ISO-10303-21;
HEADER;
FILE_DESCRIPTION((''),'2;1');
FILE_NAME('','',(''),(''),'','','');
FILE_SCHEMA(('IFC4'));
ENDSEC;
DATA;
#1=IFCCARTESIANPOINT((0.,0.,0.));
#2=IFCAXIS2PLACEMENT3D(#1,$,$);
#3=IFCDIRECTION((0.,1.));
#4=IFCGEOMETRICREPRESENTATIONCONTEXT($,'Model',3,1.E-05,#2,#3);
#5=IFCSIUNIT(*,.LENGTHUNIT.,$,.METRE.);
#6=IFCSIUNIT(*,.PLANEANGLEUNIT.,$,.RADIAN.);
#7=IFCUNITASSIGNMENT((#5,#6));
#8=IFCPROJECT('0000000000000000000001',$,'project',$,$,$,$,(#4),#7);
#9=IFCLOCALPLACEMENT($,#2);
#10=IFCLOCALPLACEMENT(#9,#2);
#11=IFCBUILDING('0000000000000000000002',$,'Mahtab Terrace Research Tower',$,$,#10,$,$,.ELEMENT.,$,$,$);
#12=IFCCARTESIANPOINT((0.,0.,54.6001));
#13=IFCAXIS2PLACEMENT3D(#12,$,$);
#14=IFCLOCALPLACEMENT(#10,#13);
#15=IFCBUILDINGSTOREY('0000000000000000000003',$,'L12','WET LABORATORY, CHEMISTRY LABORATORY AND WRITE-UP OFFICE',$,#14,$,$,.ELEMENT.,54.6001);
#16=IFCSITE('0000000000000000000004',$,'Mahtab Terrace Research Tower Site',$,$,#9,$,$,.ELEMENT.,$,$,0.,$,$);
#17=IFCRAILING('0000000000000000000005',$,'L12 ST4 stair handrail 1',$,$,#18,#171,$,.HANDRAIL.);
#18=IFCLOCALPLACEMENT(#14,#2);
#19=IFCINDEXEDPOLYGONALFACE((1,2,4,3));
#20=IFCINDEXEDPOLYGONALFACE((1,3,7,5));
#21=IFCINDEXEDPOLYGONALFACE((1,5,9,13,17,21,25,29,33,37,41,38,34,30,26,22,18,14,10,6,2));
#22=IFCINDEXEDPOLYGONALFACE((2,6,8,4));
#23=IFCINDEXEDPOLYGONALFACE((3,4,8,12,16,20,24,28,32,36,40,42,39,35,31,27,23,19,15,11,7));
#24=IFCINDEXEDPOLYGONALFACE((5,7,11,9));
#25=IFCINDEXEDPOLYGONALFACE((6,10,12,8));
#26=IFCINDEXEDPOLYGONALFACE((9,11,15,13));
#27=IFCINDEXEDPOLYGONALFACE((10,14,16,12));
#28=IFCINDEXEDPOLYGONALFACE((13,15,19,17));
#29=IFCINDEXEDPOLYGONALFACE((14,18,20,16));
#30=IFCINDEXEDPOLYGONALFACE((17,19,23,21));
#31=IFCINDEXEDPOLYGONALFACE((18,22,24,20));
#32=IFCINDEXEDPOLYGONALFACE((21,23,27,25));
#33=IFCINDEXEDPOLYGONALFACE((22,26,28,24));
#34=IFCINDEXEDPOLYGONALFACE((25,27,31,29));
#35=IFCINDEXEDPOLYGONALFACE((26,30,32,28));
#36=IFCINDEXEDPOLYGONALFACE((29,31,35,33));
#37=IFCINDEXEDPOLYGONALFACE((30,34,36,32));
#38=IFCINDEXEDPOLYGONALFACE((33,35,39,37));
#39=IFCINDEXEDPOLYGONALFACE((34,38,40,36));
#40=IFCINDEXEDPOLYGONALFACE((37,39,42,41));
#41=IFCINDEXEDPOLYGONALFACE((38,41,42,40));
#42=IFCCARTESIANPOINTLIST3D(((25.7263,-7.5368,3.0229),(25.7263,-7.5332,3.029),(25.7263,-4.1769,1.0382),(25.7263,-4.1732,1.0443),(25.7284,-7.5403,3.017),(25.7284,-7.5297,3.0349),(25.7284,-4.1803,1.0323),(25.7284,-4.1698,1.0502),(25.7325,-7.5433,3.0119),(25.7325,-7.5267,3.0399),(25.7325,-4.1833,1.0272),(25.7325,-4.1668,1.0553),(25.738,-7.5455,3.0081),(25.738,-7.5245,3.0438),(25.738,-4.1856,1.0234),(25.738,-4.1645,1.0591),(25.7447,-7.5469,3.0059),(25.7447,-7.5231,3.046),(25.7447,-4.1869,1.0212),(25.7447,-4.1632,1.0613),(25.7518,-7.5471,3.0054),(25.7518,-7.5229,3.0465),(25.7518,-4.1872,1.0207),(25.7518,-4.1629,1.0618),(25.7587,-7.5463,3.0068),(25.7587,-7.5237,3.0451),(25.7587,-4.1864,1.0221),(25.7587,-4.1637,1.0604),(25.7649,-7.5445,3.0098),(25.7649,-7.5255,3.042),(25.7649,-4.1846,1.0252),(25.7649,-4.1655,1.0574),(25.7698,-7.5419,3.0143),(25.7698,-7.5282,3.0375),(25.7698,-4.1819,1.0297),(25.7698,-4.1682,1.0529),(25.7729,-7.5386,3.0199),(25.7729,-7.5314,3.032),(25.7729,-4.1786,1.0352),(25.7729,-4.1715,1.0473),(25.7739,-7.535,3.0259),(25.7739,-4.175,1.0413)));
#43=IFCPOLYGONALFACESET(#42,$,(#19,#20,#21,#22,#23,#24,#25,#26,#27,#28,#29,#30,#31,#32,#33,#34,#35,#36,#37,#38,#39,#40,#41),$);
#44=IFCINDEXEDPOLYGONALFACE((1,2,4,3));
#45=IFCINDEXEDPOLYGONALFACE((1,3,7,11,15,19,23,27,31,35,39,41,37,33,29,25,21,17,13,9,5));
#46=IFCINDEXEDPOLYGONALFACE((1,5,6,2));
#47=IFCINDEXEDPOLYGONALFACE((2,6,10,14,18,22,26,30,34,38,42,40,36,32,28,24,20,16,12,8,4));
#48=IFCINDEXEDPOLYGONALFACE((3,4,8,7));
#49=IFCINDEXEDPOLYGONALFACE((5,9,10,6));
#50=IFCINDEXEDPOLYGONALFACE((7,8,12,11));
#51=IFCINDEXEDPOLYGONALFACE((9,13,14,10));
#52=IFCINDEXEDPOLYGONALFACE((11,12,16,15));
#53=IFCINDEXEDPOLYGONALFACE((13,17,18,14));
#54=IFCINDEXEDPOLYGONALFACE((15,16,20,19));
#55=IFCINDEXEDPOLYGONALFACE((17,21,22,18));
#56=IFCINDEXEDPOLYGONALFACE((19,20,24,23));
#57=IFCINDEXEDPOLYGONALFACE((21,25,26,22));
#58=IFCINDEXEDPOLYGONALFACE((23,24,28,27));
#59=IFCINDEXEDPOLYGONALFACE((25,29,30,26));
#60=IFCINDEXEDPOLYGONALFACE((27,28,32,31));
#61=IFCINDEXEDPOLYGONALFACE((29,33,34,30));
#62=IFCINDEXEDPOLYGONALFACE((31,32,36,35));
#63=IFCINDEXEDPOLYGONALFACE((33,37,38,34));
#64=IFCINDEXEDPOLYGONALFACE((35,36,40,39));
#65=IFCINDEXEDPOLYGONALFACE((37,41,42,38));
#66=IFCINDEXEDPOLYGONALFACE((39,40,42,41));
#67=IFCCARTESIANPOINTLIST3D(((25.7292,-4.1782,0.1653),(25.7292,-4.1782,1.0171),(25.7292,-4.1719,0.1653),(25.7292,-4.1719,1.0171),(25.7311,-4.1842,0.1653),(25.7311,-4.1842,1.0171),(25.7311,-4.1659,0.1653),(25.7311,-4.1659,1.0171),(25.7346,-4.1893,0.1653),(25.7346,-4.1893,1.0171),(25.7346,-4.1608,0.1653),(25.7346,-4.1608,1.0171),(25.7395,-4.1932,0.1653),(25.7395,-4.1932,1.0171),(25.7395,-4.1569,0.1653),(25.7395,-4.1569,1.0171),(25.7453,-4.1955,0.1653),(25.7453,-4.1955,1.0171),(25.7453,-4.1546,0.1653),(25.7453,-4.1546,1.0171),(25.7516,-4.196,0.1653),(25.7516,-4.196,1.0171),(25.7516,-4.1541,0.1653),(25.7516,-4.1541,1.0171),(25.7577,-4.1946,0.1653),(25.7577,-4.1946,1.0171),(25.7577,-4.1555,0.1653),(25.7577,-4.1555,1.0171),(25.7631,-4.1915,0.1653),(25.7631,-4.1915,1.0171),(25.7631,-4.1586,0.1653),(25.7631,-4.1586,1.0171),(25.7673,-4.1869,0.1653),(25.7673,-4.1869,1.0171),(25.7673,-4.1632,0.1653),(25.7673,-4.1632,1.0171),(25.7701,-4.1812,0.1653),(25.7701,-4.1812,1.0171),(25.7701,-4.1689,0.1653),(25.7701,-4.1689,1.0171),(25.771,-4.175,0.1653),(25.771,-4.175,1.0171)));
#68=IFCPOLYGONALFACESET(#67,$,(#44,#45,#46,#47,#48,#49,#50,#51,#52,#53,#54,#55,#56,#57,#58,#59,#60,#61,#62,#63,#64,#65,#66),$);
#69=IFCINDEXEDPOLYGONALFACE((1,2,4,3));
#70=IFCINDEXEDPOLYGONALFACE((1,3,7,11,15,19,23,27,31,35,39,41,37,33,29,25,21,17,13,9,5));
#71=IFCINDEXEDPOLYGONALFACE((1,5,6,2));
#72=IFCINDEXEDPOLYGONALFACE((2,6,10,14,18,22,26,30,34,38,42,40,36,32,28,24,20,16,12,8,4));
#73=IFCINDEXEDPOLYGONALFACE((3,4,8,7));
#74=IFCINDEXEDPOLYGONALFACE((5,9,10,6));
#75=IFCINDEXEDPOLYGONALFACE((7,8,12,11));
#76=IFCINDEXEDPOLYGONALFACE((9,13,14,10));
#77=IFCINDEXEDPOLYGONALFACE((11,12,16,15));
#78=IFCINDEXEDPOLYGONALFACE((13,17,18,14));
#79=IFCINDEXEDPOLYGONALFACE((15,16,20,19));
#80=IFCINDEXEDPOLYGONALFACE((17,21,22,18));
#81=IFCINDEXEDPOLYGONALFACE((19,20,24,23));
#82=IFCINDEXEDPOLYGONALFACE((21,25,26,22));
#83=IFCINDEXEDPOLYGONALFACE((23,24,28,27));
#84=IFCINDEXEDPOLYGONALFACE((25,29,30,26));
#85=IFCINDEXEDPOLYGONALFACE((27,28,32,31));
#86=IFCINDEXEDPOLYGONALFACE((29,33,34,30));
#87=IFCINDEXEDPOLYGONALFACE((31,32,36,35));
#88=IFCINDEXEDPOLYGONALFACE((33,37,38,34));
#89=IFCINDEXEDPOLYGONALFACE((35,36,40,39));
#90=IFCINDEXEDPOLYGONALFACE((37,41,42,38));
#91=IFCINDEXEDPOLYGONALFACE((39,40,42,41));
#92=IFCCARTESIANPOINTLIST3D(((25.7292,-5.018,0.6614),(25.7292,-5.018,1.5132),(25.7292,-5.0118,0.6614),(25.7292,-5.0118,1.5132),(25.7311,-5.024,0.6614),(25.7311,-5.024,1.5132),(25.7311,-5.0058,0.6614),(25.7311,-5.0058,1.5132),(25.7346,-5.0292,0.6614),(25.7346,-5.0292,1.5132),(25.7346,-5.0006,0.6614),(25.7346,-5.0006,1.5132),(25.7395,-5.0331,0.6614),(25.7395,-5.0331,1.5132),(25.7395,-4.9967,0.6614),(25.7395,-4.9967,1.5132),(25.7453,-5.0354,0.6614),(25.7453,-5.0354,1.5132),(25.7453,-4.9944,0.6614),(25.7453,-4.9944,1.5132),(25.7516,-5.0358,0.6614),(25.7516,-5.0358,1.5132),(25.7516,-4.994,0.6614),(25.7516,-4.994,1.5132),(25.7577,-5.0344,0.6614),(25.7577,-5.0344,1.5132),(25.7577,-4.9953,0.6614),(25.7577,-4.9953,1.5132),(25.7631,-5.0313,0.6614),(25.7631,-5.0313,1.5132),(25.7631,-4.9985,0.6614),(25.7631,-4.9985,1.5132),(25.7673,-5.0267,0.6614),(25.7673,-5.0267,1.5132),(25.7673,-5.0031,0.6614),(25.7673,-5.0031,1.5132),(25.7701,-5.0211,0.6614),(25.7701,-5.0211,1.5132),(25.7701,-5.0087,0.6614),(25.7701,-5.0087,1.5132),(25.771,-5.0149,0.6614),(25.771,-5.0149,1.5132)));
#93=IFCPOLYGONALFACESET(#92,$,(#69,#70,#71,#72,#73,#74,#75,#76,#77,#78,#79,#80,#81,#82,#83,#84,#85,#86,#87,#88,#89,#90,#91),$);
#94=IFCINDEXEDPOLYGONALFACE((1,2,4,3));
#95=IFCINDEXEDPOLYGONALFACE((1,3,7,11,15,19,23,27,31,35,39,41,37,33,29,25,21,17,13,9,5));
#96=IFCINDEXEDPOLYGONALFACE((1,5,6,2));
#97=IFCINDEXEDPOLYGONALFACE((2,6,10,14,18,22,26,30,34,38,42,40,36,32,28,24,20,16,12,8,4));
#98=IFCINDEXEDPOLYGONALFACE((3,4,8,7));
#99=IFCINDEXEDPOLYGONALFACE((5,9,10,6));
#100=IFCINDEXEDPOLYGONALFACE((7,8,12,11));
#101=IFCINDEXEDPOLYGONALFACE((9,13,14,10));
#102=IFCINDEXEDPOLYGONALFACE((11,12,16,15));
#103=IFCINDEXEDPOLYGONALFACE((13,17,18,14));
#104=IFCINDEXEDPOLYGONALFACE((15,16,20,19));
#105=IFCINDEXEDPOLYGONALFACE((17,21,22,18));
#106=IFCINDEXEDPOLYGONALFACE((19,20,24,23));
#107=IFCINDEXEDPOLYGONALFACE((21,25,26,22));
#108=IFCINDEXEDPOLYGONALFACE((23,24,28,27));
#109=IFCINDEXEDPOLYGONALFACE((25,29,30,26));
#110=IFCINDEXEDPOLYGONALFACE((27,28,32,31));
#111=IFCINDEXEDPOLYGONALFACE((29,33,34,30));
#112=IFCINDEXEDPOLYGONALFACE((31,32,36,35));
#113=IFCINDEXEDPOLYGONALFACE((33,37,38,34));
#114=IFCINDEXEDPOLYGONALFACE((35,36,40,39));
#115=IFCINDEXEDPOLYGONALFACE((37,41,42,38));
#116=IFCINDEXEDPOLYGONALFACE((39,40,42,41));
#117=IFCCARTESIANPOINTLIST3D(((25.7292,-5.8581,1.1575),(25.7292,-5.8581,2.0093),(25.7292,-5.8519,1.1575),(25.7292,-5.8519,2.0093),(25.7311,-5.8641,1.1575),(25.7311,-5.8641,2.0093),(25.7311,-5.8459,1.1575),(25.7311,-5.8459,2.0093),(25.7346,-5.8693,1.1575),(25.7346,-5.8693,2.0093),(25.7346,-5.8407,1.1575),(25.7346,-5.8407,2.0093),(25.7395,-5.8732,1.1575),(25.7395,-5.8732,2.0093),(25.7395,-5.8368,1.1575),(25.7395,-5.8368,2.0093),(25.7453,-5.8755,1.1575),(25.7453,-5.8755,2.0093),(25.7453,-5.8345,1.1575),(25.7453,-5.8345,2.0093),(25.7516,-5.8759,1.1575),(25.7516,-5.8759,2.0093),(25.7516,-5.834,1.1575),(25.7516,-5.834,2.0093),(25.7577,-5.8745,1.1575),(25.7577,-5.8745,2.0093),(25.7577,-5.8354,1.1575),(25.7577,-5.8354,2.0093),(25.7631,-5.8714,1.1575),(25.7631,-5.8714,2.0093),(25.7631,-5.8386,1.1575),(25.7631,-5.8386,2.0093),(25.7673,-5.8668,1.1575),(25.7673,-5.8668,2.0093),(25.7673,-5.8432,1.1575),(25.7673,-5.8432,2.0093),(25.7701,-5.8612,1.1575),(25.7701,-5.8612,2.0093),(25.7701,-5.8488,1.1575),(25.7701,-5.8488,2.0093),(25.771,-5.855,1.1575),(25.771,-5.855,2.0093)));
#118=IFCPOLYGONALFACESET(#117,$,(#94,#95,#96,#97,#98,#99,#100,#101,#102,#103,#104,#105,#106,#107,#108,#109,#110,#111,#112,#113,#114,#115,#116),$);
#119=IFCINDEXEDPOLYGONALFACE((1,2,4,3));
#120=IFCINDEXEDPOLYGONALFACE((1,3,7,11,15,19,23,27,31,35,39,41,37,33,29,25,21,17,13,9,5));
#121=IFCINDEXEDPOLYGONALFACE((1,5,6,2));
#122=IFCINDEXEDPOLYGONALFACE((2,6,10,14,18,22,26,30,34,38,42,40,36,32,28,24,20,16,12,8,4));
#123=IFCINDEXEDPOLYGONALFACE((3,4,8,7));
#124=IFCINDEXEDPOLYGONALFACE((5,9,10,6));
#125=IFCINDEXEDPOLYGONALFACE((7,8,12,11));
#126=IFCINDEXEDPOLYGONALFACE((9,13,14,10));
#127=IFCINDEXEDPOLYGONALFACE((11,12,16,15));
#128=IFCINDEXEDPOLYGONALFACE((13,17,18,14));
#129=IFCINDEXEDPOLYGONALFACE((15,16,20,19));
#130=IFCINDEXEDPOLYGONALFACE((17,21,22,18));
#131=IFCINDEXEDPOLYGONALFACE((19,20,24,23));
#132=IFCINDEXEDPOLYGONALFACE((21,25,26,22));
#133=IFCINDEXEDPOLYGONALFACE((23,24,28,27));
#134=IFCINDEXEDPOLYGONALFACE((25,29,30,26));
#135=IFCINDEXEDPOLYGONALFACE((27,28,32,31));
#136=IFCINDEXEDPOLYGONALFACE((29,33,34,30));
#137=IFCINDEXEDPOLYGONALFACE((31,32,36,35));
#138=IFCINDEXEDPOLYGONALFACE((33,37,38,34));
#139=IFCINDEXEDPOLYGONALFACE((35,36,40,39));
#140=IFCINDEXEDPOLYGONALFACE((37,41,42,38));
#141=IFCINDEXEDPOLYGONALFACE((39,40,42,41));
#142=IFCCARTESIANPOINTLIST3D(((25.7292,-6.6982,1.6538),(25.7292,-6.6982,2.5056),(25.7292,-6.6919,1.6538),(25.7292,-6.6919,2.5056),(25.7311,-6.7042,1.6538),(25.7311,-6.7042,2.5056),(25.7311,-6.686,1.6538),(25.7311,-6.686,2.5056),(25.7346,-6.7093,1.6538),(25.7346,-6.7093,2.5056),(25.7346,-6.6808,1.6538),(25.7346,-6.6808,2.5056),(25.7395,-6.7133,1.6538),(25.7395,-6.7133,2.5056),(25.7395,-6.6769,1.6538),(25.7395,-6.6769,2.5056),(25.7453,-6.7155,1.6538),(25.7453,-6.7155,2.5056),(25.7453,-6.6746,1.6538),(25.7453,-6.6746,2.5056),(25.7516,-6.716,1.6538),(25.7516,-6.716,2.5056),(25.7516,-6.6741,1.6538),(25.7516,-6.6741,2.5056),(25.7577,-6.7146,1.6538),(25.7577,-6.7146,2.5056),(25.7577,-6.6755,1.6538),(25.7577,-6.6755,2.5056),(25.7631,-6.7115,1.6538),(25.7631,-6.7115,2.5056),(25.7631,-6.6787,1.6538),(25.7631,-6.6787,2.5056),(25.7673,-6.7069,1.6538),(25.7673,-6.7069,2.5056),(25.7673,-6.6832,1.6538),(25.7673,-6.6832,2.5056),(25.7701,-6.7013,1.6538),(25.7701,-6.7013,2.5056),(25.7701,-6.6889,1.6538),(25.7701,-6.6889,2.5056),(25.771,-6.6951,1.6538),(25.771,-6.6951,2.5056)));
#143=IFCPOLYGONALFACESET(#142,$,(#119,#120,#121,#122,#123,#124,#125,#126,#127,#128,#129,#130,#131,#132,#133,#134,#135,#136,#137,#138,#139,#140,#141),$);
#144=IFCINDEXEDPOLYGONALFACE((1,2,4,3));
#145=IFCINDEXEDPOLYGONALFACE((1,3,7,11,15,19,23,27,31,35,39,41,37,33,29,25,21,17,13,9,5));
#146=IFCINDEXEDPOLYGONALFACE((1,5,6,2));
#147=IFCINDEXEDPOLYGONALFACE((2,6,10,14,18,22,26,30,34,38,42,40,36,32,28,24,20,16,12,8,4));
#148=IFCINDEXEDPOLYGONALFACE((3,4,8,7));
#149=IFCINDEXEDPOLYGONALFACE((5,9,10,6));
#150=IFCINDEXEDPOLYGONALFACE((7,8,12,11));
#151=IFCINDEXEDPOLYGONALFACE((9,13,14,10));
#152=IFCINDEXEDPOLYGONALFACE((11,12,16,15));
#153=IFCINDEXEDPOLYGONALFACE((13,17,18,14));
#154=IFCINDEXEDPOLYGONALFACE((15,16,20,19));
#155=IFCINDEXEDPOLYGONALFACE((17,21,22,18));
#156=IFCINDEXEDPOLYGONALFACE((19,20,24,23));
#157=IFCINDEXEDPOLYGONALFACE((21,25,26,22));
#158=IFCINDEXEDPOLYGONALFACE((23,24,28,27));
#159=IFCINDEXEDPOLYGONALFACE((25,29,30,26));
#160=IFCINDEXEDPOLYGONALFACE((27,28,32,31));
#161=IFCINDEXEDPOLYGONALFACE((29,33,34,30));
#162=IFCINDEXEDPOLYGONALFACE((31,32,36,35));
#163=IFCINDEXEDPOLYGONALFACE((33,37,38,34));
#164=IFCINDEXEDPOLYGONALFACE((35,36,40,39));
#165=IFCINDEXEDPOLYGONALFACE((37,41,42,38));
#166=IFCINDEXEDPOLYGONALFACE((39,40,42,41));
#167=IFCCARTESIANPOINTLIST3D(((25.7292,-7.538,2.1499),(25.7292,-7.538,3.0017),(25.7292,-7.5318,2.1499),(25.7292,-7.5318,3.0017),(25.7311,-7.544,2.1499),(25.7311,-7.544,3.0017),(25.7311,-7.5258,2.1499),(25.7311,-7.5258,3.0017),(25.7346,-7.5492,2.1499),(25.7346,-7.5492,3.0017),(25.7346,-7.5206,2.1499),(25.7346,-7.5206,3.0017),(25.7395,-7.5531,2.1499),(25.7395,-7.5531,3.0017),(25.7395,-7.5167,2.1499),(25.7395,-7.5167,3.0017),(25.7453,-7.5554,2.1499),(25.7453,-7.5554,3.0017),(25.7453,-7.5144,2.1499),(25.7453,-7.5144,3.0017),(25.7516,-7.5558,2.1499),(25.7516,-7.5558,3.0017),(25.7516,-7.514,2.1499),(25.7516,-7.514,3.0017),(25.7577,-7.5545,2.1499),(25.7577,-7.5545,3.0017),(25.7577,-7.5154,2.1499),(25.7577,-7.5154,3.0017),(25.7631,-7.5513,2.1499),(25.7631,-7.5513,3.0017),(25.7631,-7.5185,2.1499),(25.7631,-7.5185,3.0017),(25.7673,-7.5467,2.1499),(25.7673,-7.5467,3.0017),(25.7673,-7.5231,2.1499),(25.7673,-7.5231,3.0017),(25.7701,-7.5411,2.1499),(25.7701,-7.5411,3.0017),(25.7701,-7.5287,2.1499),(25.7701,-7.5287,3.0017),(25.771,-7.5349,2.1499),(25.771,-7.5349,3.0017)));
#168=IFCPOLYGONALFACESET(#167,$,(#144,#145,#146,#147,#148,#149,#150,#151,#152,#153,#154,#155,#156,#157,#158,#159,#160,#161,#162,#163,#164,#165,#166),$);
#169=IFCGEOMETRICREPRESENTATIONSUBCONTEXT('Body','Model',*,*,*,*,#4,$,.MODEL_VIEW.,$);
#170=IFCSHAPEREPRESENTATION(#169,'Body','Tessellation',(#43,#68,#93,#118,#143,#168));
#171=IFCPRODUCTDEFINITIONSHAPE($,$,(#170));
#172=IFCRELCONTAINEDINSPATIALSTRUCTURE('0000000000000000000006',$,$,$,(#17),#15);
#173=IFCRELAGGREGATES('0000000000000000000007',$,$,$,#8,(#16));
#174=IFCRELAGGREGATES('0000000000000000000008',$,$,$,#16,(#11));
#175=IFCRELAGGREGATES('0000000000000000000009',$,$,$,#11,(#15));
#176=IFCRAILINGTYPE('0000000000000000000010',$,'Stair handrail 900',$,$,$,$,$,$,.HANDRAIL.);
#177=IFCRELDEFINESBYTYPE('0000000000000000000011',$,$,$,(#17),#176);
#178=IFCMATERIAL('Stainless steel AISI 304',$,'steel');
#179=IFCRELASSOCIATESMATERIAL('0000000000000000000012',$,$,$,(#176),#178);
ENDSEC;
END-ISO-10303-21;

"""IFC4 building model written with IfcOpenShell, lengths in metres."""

from ifc_helpers import new_model, si_unit, direction, frame, origin, origin_2d, place, context, subcontext, project, spatial, circle, extrude, material, type_object, element, save


model = new_model("IFC4")

# Units and contexts
model_context = context("Model", 3, precision=1e-05, world=origin(), true_north=direction((0.0, 1.0)))
body_context = subcontext(model_context, "Body", "Model", "MODEL_VIEW")
ifc_project = project(units=[si_unit("LENGTHUNIT", "METRE"), si_unit("PLANEANGLEUNIT", "RADIAN")], contexts=[model_context])

# Site, building, storey
site_placement = place(None, origin())
site = spatial("IfcSite", under=ifc_project, at=site_placement, Name="Mahtab Terrace Research Tower Site", CompositionType="ELEMENT", RefElevation=0.0)
building_placement = place(site_placement, origin())
building = spatial("IfcBuilding", under=site, at=building_placement, Name="Mahtab Terrace Research Tower", CompositionType="ELEMENT")
storey_placement = place(building_placement, frame((0.0, 0.0, 54.6001)))
storey = spatial("IfcBuildingStorey", under=building, at=storey_placement, Name="L12", Description="WET LABORATORY, CHEMISTRY LABORATORY AND WRITE-UP OFFICE", CompositionType="ELEMENT", Elevation=54.6001)

# Railing
ifc_material_1 = material(Name="Stainless steel AISI 304", Category="steel")
railing_type_1 = type_object("IfcRailingType", Name="Stair handrail 900", PredefinedType="HANDRAIL", material=ifc_material_1)
railing_1_placement = place(storey_placement, frame((25.75, -4.175, 0.1653)))
element("IfcRailing", 1, at=railing_1_placement, inside=storey, type_object=railing_type_1, Name="L12 ST4 stair handrail 1", PredefinedType="HANDRAIL", context=body_context, shape_type="SweptSolid", body=[
    extrude(circle(Radius=0.0239, at=origin_2d()), frame((0.0, 0.0, 0.876), z_axis=(0.0, -0.861011, 0.508586), x_axis=(1.0, 0.0, 0.0)), (0.0, 0.0, 1.0), 3.9023),
    extrude(circle(Radius=0.021, at=origin_2d()), origin(), (0.0, 0.0, 1.0), 0.8518),
    extrude(circle(Radius=0.021, at=origin_2d()), frame((0.0, -0.8398, 0.4961)), (0.0, 0.0, 1.0), 0.8518),
    extrude(circle(Radius=0.021, at=origin_2d()), frame((0.0, -1.6799, 0.9922)), (0.0, 0.0, 1.0), 0.8518),
    extrude(circle(Radius=0.021, at=origin_2d()), frame((0.0, -2.52, 1.4885)), (0.0, 0.0, 1.0), 0.8518),
    extrude(circle(Radius=0.021, at=origin_2d()), frame((0.0, -3.3599, 1.9846)), (0.0, 0.0, 1.0), 0.8518),
])

save(model, "model.ifc")
